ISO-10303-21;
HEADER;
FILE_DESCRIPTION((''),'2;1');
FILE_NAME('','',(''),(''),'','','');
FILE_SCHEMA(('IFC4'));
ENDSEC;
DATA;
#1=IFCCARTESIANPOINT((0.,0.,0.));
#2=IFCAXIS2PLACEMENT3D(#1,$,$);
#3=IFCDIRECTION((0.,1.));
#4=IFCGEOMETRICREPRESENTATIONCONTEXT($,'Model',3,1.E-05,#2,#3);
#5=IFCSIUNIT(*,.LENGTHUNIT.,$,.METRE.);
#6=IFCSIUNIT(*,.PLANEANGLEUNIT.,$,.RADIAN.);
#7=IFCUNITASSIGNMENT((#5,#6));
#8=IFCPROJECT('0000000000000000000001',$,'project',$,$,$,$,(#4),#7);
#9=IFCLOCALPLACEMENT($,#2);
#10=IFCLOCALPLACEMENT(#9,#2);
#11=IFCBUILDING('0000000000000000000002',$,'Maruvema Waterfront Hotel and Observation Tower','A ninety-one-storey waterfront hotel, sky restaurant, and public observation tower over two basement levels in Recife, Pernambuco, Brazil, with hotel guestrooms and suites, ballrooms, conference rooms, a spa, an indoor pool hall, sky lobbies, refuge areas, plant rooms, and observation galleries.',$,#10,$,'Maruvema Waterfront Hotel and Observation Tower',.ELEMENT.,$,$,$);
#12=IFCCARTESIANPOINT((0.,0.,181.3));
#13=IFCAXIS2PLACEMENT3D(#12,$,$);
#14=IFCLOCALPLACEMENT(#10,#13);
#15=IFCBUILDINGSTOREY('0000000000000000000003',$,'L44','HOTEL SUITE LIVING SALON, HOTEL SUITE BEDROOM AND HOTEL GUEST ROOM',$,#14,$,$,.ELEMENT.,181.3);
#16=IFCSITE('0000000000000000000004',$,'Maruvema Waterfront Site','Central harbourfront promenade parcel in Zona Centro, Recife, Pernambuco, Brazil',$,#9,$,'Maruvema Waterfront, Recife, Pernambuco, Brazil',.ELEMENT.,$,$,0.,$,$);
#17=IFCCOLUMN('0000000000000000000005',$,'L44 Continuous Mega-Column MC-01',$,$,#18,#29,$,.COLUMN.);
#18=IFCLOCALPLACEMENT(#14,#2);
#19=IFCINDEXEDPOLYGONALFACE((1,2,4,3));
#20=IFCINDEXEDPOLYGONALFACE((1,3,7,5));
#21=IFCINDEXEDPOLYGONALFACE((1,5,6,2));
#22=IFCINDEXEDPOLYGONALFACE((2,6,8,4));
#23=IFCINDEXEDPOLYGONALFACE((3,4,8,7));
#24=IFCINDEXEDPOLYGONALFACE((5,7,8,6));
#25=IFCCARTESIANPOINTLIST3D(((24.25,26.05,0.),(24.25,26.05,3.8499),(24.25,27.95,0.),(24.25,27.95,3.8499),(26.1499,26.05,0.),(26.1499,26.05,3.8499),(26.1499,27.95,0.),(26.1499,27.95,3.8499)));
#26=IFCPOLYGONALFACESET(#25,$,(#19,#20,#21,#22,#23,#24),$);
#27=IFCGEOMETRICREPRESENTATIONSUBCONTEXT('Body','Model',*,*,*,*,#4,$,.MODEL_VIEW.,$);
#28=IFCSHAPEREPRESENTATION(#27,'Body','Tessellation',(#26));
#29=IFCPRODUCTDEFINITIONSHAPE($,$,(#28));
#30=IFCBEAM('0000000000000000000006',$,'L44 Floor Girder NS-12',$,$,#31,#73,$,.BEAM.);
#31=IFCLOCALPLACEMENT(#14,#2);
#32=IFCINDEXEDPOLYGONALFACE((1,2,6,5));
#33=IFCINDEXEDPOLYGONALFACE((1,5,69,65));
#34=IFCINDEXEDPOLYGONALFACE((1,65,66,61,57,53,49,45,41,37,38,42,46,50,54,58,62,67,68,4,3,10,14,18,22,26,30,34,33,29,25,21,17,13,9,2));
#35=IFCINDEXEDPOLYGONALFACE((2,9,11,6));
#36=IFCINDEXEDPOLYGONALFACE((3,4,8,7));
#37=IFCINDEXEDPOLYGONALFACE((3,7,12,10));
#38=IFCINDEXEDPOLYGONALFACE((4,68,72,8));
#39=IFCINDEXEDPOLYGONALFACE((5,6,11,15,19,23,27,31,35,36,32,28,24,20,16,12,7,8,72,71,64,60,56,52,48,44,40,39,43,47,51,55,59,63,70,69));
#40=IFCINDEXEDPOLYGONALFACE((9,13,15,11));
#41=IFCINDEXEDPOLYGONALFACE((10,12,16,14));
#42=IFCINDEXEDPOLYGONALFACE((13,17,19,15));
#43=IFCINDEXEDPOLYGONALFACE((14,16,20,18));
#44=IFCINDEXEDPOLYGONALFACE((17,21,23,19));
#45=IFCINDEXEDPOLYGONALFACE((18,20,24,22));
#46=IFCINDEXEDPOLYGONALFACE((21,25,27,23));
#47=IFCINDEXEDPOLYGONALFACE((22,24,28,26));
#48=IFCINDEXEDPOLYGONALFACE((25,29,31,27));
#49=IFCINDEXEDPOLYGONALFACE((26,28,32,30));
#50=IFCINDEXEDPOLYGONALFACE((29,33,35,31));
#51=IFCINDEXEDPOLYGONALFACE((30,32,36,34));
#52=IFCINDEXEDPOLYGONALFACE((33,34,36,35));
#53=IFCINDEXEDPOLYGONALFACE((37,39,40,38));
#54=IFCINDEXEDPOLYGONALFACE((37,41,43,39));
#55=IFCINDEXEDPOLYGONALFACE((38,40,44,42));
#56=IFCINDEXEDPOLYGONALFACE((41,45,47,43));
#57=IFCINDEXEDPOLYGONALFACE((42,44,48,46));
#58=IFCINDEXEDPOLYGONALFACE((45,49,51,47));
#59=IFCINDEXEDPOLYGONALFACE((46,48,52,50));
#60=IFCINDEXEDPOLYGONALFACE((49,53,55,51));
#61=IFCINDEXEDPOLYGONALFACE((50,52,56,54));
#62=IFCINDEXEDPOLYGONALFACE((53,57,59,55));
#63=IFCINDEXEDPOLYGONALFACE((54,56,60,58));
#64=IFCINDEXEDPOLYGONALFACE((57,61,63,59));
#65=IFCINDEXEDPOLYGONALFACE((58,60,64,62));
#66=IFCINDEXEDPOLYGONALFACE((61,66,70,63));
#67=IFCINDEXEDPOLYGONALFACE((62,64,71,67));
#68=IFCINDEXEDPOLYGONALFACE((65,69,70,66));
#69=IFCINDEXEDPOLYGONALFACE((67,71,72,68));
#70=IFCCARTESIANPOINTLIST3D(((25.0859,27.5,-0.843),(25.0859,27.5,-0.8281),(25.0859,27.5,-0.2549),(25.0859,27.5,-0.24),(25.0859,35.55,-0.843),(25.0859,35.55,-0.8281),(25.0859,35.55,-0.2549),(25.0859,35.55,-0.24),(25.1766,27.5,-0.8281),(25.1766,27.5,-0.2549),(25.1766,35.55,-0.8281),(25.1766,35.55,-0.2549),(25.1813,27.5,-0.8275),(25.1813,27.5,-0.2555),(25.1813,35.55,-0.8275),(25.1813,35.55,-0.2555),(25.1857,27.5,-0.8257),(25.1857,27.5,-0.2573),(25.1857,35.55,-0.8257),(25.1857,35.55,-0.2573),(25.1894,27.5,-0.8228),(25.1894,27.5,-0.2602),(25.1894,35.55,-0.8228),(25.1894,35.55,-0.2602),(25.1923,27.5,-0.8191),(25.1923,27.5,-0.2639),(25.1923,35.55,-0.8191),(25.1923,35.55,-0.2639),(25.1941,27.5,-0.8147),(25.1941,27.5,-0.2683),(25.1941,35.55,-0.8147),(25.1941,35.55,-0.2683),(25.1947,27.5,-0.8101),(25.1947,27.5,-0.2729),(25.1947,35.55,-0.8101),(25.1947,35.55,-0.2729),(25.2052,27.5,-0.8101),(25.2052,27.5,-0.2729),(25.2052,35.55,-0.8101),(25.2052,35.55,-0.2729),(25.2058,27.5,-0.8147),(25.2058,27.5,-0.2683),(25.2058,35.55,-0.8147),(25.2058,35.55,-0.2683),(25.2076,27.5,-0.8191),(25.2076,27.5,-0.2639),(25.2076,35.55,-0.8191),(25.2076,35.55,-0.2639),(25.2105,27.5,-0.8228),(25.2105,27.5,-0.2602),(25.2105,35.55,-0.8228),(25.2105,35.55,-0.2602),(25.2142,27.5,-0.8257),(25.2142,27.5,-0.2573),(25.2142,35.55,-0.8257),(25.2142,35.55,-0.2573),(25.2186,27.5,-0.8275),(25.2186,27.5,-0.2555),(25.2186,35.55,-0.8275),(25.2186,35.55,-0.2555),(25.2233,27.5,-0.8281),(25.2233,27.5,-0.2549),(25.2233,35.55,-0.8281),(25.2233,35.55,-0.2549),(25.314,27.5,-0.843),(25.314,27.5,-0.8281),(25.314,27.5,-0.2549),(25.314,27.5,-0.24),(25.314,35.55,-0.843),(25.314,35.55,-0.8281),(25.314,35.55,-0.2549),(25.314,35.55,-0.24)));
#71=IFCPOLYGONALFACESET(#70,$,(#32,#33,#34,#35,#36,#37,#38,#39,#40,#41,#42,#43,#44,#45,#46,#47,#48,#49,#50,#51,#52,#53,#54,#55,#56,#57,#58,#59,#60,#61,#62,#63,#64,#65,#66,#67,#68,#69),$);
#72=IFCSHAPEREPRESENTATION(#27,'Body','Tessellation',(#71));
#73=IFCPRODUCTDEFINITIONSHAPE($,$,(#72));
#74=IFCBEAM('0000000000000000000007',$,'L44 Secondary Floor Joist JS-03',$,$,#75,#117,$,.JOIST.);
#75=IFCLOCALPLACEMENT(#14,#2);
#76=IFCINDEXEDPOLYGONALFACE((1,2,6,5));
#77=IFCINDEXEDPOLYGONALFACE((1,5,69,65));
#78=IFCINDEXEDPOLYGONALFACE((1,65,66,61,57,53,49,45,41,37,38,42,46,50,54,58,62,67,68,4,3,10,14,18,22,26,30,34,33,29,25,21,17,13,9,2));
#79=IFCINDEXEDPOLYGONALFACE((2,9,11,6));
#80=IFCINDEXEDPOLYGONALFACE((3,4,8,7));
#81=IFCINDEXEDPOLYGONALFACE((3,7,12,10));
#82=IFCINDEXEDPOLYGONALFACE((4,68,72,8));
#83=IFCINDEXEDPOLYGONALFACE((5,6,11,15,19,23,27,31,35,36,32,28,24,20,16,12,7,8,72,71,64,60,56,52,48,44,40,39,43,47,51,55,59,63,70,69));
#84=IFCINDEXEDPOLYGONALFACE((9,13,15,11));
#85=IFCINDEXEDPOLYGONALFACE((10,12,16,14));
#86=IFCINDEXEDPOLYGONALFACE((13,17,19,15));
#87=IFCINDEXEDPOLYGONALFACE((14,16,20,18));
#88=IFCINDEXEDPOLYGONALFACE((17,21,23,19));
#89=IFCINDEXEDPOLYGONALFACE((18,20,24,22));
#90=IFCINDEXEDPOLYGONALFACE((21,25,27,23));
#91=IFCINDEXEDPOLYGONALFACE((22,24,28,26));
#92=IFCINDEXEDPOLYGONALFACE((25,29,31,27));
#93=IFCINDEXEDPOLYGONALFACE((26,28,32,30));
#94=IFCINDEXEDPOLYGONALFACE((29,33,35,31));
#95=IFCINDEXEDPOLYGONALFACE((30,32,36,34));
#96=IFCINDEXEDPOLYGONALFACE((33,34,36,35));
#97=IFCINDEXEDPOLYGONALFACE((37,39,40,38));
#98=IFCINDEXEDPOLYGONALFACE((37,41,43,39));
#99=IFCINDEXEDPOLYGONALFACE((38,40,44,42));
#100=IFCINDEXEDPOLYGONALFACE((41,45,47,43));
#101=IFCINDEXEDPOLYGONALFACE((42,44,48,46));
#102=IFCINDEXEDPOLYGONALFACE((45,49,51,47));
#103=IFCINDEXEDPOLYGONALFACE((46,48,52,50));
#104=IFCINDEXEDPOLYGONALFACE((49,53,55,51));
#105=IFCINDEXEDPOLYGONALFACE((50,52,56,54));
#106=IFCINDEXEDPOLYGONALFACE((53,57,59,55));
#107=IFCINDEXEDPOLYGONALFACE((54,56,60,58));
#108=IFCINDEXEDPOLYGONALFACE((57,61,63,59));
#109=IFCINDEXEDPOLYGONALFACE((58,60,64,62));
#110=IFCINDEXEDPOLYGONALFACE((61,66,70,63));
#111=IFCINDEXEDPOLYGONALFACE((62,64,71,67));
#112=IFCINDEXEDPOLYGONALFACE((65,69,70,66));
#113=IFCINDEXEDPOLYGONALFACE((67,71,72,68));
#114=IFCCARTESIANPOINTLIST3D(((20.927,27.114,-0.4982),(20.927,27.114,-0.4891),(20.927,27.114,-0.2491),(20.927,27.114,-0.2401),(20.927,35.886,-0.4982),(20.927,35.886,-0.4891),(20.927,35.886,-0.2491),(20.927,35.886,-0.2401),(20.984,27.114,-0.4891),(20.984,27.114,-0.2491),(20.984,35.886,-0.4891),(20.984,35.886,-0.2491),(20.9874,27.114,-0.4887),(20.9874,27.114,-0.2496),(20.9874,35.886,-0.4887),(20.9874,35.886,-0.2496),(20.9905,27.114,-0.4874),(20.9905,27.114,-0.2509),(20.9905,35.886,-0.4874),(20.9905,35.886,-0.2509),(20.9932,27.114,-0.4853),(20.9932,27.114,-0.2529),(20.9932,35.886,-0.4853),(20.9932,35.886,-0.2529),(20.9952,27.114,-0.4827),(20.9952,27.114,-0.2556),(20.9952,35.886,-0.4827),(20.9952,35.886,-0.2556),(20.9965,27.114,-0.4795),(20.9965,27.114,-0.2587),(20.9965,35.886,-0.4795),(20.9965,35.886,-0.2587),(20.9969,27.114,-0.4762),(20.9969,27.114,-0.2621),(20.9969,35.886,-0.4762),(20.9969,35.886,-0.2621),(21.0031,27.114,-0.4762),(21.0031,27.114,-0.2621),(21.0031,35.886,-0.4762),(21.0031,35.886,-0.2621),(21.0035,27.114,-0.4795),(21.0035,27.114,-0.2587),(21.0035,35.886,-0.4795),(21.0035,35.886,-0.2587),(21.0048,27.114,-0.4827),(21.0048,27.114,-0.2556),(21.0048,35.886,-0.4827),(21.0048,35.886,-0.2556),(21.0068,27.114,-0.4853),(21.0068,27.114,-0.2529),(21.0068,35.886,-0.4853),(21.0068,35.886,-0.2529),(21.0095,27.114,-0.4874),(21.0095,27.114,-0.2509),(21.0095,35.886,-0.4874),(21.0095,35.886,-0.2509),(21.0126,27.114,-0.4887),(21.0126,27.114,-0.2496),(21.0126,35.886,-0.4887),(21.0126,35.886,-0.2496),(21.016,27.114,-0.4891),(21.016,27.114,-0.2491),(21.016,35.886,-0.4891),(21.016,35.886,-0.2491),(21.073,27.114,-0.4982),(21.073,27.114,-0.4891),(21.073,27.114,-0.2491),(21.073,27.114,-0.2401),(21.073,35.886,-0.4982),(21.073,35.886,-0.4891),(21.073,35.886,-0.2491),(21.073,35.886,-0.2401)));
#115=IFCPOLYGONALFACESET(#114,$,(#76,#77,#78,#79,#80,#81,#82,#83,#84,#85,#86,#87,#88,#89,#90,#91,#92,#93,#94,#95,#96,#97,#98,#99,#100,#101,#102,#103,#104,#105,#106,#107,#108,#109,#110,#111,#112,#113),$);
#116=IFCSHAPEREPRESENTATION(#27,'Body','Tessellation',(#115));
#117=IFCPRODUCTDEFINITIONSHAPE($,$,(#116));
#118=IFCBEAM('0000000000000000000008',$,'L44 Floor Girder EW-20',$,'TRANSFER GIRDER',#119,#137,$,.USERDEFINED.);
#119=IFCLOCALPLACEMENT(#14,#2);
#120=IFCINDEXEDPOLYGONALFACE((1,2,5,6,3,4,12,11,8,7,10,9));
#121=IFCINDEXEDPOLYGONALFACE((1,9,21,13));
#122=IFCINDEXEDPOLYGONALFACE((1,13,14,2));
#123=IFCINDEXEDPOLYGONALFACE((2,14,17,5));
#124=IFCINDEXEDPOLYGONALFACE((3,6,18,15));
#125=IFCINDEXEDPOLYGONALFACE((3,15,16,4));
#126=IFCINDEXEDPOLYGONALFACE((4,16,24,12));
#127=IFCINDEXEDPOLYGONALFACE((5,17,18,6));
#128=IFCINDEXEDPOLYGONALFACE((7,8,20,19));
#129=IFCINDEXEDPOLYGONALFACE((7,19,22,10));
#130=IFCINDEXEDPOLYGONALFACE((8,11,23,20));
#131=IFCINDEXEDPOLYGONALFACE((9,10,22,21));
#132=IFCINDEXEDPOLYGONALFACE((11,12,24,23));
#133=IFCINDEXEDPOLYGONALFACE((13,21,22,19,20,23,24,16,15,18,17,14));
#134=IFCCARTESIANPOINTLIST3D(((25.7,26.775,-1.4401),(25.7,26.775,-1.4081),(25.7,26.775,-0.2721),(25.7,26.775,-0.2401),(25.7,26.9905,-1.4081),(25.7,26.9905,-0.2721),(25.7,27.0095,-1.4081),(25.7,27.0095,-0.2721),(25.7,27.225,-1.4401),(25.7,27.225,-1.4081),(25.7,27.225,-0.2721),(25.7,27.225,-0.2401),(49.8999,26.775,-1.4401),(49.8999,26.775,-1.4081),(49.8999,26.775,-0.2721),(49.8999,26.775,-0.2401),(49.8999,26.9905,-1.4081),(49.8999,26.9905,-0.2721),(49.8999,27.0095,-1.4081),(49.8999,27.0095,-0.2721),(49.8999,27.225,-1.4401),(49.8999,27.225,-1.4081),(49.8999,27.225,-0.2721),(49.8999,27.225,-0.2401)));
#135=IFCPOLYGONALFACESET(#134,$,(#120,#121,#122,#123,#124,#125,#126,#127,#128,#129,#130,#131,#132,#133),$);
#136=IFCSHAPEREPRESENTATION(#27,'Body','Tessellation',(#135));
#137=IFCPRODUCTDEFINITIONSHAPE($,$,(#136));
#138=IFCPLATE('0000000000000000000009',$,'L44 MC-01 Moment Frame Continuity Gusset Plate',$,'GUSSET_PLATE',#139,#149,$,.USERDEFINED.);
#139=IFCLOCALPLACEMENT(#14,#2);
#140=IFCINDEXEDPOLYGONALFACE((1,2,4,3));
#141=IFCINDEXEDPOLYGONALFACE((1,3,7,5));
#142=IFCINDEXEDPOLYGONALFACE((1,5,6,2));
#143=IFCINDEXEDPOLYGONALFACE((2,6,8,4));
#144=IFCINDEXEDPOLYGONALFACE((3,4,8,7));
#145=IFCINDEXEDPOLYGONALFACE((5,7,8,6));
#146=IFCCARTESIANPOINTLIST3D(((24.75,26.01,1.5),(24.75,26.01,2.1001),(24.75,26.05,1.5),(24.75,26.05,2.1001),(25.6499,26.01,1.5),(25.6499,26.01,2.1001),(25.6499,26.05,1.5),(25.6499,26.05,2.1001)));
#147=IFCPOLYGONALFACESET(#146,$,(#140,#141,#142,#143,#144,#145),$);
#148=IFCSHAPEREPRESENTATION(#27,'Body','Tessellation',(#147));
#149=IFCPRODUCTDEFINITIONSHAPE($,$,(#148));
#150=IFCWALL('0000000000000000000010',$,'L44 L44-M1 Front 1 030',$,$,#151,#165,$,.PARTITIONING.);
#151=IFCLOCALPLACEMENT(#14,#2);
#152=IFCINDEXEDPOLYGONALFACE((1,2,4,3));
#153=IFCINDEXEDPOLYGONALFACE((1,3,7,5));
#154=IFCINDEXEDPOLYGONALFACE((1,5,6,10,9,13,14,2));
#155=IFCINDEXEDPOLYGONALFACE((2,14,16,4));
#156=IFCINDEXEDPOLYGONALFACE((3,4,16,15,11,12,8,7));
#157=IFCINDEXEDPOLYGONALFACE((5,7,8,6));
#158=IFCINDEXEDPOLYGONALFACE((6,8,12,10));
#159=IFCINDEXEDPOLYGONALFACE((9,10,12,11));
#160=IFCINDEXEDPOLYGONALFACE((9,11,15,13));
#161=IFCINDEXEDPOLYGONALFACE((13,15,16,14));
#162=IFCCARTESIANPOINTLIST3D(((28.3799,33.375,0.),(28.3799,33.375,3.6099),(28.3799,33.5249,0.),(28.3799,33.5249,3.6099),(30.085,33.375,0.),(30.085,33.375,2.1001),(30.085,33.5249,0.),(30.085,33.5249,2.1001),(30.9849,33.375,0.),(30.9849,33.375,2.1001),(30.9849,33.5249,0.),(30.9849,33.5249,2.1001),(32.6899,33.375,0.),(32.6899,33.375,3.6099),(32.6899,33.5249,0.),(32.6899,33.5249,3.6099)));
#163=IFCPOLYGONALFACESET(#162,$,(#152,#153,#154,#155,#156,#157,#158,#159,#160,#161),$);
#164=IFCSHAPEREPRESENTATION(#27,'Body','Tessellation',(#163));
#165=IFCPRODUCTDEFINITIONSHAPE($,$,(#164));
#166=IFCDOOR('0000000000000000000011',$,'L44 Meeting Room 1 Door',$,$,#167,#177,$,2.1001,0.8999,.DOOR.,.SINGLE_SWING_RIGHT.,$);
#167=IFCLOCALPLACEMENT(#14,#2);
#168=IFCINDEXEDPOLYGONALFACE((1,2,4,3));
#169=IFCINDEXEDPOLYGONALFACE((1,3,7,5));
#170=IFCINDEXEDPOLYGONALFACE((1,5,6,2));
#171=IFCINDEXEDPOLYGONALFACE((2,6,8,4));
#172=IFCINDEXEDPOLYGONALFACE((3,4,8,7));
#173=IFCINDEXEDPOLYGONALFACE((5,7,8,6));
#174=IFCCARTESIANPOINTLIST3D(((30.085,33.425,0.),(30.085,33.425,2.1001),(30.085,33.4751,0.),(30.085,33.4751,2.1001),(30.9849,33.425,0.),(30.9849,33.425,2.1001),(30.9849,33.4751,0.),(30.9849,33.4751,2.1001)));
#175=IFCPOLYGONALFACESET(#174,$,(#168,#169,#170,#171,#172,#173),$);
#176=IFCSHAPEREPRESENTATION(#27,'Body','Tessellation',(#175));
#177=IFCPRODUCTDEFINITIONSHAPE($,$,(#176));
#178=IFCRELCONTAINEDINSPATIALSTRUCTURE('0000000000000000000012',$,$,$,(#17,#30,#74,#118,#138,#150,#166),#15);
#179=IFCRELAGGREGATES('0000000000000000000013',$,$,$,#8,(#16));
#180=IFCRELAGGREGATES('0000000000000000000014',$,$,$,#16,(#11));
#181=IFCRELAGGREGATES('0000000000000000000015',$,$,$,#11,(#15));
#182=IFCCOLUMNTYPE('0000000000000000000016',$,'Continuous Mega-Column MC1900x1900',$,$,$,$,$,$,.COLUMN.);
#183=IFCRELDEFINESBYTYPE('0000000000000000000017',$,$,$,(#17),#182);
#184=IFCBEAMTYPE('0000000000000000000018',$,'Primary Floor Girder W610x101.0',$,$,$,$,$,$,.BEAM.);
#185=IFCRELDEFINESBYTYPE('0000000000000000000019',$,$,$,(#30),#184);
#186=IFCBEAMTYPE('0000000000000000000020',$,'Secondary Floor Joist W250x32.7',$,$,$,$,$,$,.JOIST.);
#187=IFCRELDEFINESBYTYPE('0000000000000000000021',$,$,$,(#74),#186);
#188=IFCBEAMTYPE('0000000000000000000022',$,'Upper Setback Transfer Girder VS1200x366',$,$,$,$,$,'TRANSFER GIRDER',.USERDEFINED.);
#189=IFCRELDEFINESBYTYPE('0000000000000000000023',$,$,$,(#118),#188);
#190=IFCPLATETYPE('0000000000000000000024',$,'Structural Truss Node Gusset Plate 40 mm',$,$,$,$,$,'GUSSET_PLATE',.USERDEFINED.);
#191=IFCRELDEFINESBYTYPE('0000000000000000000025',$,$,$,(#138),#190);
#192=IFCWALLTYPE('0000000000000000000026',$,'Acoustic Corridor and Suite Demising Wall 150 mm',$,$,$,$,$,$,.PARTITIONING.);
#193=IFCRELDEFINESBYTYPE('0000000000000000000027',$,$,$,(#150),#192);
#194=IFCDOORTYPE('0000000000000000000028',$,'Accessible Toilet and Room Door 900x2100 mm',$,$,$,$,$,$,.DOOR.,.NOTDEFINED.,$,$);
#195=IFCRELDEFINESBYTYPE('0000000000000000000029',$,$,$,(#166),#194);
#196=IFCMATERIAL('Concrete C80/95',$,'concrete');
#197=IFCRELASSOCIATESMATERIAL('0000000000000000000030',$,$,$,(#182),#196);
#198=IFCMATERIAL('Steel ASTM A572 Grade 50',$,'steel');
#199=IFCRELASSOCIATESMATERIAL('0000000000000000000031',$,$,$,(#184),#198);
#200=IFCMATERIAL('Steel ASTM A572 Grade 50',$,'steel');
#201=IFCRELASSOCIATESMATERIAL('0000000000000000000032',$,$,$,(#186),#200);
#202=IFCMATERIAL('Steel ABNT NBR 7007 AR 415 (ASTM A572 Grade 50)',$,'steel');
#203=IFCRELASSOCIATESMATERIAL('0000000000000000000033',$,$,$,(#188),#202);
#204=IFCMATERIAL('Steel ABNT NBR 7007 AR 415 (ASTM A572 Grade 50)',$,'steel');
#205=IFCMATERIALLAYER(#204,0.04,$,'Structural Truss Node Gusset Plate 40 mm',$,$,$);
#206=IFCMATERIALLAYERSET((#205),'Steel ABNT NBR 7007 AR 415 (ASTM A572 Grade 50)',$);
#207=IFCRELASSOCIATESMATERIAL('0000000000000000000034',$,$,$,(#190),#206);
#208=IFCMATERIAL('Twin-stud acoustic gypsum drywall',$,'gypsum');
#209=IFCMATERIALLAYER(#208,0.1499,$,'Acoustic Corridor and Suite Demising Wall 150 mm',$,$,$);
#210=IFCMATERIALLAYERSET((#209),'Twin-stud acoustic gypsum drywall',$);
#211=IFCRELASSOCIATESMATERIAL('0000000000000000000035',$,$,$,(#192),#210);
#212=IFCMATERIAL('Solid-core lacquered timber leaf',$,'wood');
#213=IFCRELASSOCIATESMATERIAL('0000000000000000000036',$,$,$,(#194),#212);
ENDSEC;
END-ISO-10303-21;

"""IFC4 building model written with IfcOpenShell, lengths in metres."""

from ifc_helpers import new_model, si_unit, direction, frame, frame_2d, origin, origin_2d, place, context, subcontext, project, spatial, rectangle, i_section, extrude, material, layer, layer_set, material_profile, profile_set, type_object, element, fill, save


model = new_model("IFC4")

# Units and contexts
model_context = context("Model", 3, precision=1e-05, world=origin(), true_north=direction((0.0, 1.0)))
body_context = subcontext(model_context, "Body", "Model", "MODEL_VIEW")
ifc_project = project(units=[si_unit("LENGTHUNIT", "METRE"), si_unit("PLANEANGLEUNIT", "RADIAN")], contexts=[model_context])

# Site, building, storey
site_placement = place(None, origin())
site = spatial("IfcSite", under=ifc_project, at=site_placement, Name="Maruvema Waterfront Site", Description="Central harbourfront promenade parcel in Zona Centro, Recife, Pernambuco, Brazil", LongName="Maruvema Waterfront, Recife, Pernambuco, Brazil", CompositionType="ELEMENT", RefElevation=0.0)
building_placement = place(site_placement, origin())
building = spatial("IfcBuilding", under=site, at=building_placement, Name="Maruvema Waterfront Hotel and Observation Tower", Description="A ninety-one-storey waterfront hotel, sky restaurant, and public observation tower over two basement levels in Recife, Pernambuco, Brazil, with hotel guestrooms and suites, ballrooms, conference rooms, a spa, an indoor pool hall, sky lobbies, refuge areas, plant rooms, and observation galleries.", LongName="Maruvema Waterfront Hotel and Observation Tower", CompositionType="ELEMENT")
storey_placement = place(building_placement, frame((0.0, 0.0, 181.3)))
storey = spatial("IfcBuildingStorey", under=building, at=storey_placement, Name="L44", Description="HOTEL SUITE LIVING SALON, HOTEL SUITE BEDROOM AND HOTEL GUEST ROOM", CompositionType="ELEMENT", Elevation=181.3)

# Column
ifc_material_1 = material(Name="Concrete C80/95", Category="concrete")
ifc_material_profile_1 = material_profile(ifc_material_1, rectangle(XDim=1.8999, YDim=1.8999, at=origin_2d()), Name="MC1900x1900")
ifc_profile_set_1 = profile_set([ifc_material_profile_1], Name="Concrete C80/95")
column_type = type_object("IfcColumnType", Name="Continuous Mega-Column MC1900x1900", PredefinedType="COLUMN", material=ifc_profile_set_1)
column_placement = place(storey_placement, frame((25.2, 27.0, 0.0), z_axis=(0.0, 0.0, 1.0), x_axis=(1.0, 0.0, 0.0)))
element("IfcColumn", 1, at=column_placement, inside=storey, type_object=column_type, Name="L44 Continuous Mega-Column MC-01", PredefinedType="COLUMN", context=body_context, shape_type="SweptSolid", body=[
    extrude(rectangle(XDim=1.8999, YDim=1.8999, at=origin_2d()), origin(), (0.0, 0.0, 1.0), 3.8499),
])

# Beams
ifc_material_2 = material(Name="Steel ASTM A572 Grade 50", Category="steel")
ifc_material_profile_2 = material_profile(ifc_material_2, i_section(OverallWidth=0.228, OverallDepth=0.603, WebThickness=0.0105, FlangeThickness=0.0149, FilletRadius=0.0181, at=origin_2d()), Name="W610x101.0")
ifc_profile_set_2 = profile_set([ifc_material_profile_2], Name="Steel ASTM A572 Grade 50")
beam_type_1 = type_object("IfcBeamType", Name="Primary Floor Girder W610x101.0", PredefinedType="BEAM", material=ifc_profile_set_2)
beam_1_placement = place(storey_placement, frame((25.2, 27.5, -0.5415), z_axis=(0.0, 1.0, 0.0), x_axis=(-1.0, 0.0, 0.0)))
element("IfcBeam", 2, at=beam_1_placement, inside=storey, type_object=beam_type_1, Name="L44 Floor Girder NS-12", PredefinedType="BEAM", context=body_context, shape_type="SweptSolid", body=[
    extrude(i_section(OverallWidth=0.228, OverallDepth=0.603, WebThickness=0.0105, FlangeThickness=0.0149, FilletRadius=0.0181, at=origin_2d()), origin(), (0.0, 0.0, 1.0), 8.05),
])
ifc_material_3 = material(Name="Steel ASTM A572 Grade 50", Category="steel")
ifc_material_profile_3 = material_profile(ifc_material_3, i_section(OverallWidth=0.146, OverallDepth=0.2581, WebThickness=0.0061, FlangeThickness=0.009, FilletRadius=0.0129, at=origin_2d()), Name="W250x32.7")
ifc_profile_set_3 = profile_set([ifc_material_profile_3], Name="Steel ASTM A572 Grade 50")
beam_type_2 = type_object("IfcBeamType", Name="Secondary Floor Joist W250x32.7", PredefinedType="JOIST", material=ifc_profile_set_3)
beam_2_placement = place(storey_placement, frame((21.0, 27.114, -0.3691), z_axis=(0.0, 1.0, 0.0), x_axis=(-1.0, 0.0, 0.0)))
element("IfcBeam", 3, at=beam_2_placement, inside=storey, type_object=beam_type_2, Name="L44 Secondary Floor Joist JS-03", PredefinedType="JOIST", context=body_context, shape_type="SweptSolid", body=[
    extrude(i_section(OverallWidth=0.146, OverallDepth=0.2581, WebThickness=0.0061, FlangeThickness=0.009, FilletRadius=0.0129, at=origin_2d()), origin(), (0.0, 0.0, 1.0), 8.772),
])
ifc_material_4 = material(Name="Steel ABNT NBR 7007 AR 415 (ASTM A572 Grade 50)", Category="steel")
ifc_material_profile_4 = material_profile(ifc_material_4, i_section(OverallWidth=0.45, OverallDepth=1.2, WebThickness=0.019, FlangeThickness=0.032, at=origin_2d()), Name="VS1200x366")
ifc_profile_set_4 = profile_set([ifc_material_profile_4], Name="Steel ABNT NBR 7007 AR 415 (ASTM A572 Grade 50)")
beam_type_3 = type_object("IfcBeamType", Name="Upper Setback Transfer Girder VS1200x366", ElementType="TRANSFER GIRDER", PredefinedType="USERDEFINED", material=ifc_profile_set_4)
beam_3_placement = place(storey_placement, frame((25.7, 27.0, -0.8401), z_axis=(1.0, 0.0, 0.0), x_axis=(0.0, 1.0, 0.0)))
element("IfcBeam", 4, at=beam_3_placement, inside=storey, type_object=beam_type_3, Name="L44 Floor Girder EW-20", ObjectType="TRANSFER GIRDER", PredefinedType="USERDEFINED", context=body_context, shape_type="SweptSolid", body=[
    extrude(i_section(OverallWidth=0.45, OverallDepth=1.2, WebThickness=0.019, FlangeThickness=0.032, at=origin_2d()), origin(), (0.0, 0.0, 1.0), 24.2),
])

# Plate
ifc_material_5 = material(Name="Steel ABNT NBR 7007 AR 415 (ASTM A572 Grade 50)", Category="steel")
ifc_layer_1 = layer(ifc_material_5, 0.04, Name="Structural Truss Node Gusset Plate 40 mm")
ifc_layer_set_1 = layer_set([ifc_layer_1], Name="Steel ABNT NBR 7007 AR 415 (ASTM A572 Grade 50)")
plate_type = type_object("IfcPlateType", Name="Structural Truss Node Gusset Plate 40 mm", ElementType="GUSSET_PLATE", PredefinedType="USERDEFINED", material=ifc_layer_set_1)
plate_placement = place(storey_placement, frame((25.2, 26.03, 1.5), z_axis=(0.0, 0.0, 1.0), x_axis=(1.0, 0.0, 0.0)))
element("IfcPlate", 5, at=plate_placement, inside=storey, type_object=plate_type, Name="L44 MC-01 Moment Frame Continuity Gusset Plate", ObjectType="GUSSET_PLATE", PredefinedType="USERDEFINED", context=body_context, shape_type="SweptSolid", body=[
    extrude(rectangle(XDim=0.8999, YDim=0.04, at=origin_2d()), origin(), (0.0, 0.0, 1.0), 0.6001),
])

# Wall, opening, door
ifc_material_6 = material(Name="Twin-stud acoustic gypsum drywall", Category="gypsum")
ifc_layer_2 = layer(ifc_material_6, 0.1499, Name="Acoustic Corridor and Suite Demising Wall 150 mm")
ifc_layer_set_2 = layer_set([ifc_layer_2], Name="Twin-stud acoustic gypsum drywall")
wall_type_1 = type_object("IfcWallType", Name="Acoustic Corridor and Suite Demising Wall 150 mm", PredefinedType="PARTITIONING", material=ifc_layer_set_2)
wall_1_placement = place(storey_placement, frame((28.3799, 33.45, 0.0), z_axis=(0.0, 0.0, 1.0), x_axis=(1.0, 0.0, 0.0)))
wall_1 = element("IfcWall", 6, at=wall_1_placement, inside=storey, type_object=wall_type_1, Name="L44 L44-M1 Front 1 030", PredefinedType="PARTITIONING", context=body_context, shape_type="SweptSolid", body=[
    extrude(rectangle(XDim=4.3101, YDim=0.1499, at=frame_2d((2.155, 0.0))), origin(), (0.0, 0.0, 1.0), 3.6099),
])
opening_1_placement = place(wall_1_placement, frame((1.7051, 0.0, 0.0)))
opening_1 = element("IfcOpeningElement", 7, at=opening_1_placement, cuts=wall_1, PredefinedType="OPENING", context=body_context, shape_type="SweptSolid", body=[
    extrude(rectangle(XDim=0.8999, YDim=2.1001, at=frame_2d((0.45, 1.05))), frame((0.0, 0.085, 0.0), z_axis=(0.0, -1.0, 0.0), x_axis=(1.0, 0.0, 0.0)), (0.0, 0.0, 1.0), 0.1699),
])
ifc_material_7 = material(Name="Solid-core lacquered timber leaf", Category="wood")
door_type_1 = type_object("IfcDoorType", Name="Accessible Toilet and Room Door 900x2100 mm", OperationType="NOTDEFINED", PredefinedType="DOOR", material=ifc_material_7)
door_1_placement = place(opening_1_placement, frame((0.8999, 0.0, 0.0), z_axis=(0.0, 0.0, 1.0), x_axis=(-1.0, 0.0, 0.0)))
door_1 = element("IfcDoor", 8, at=door_1_placement, inside=storey, type_object=door_type_1, Name="L44 Meeting Room 1 Door", OperationType="SINGLE_SWING_RIGHT", OverallHeight=2.1001, OverallWidth=0.8999, PredefinedType="DOOR", context=body_context, shape_type="SweptSolid", body=[
    extrude(rectangle(XDim=0.8999, YDim=2.1001, at=frame_2d((0.45, 1.05))), frame((0.0, 0.0249, 0.0), z_axis=(0.0, -1.0, 0.0), x_axis=(1.0, 0.0, 0.0)), (0.0, 0.0, 1.0), 0.05),
])
fill(opening_1, door_1)

save(model, "model.ifc")
